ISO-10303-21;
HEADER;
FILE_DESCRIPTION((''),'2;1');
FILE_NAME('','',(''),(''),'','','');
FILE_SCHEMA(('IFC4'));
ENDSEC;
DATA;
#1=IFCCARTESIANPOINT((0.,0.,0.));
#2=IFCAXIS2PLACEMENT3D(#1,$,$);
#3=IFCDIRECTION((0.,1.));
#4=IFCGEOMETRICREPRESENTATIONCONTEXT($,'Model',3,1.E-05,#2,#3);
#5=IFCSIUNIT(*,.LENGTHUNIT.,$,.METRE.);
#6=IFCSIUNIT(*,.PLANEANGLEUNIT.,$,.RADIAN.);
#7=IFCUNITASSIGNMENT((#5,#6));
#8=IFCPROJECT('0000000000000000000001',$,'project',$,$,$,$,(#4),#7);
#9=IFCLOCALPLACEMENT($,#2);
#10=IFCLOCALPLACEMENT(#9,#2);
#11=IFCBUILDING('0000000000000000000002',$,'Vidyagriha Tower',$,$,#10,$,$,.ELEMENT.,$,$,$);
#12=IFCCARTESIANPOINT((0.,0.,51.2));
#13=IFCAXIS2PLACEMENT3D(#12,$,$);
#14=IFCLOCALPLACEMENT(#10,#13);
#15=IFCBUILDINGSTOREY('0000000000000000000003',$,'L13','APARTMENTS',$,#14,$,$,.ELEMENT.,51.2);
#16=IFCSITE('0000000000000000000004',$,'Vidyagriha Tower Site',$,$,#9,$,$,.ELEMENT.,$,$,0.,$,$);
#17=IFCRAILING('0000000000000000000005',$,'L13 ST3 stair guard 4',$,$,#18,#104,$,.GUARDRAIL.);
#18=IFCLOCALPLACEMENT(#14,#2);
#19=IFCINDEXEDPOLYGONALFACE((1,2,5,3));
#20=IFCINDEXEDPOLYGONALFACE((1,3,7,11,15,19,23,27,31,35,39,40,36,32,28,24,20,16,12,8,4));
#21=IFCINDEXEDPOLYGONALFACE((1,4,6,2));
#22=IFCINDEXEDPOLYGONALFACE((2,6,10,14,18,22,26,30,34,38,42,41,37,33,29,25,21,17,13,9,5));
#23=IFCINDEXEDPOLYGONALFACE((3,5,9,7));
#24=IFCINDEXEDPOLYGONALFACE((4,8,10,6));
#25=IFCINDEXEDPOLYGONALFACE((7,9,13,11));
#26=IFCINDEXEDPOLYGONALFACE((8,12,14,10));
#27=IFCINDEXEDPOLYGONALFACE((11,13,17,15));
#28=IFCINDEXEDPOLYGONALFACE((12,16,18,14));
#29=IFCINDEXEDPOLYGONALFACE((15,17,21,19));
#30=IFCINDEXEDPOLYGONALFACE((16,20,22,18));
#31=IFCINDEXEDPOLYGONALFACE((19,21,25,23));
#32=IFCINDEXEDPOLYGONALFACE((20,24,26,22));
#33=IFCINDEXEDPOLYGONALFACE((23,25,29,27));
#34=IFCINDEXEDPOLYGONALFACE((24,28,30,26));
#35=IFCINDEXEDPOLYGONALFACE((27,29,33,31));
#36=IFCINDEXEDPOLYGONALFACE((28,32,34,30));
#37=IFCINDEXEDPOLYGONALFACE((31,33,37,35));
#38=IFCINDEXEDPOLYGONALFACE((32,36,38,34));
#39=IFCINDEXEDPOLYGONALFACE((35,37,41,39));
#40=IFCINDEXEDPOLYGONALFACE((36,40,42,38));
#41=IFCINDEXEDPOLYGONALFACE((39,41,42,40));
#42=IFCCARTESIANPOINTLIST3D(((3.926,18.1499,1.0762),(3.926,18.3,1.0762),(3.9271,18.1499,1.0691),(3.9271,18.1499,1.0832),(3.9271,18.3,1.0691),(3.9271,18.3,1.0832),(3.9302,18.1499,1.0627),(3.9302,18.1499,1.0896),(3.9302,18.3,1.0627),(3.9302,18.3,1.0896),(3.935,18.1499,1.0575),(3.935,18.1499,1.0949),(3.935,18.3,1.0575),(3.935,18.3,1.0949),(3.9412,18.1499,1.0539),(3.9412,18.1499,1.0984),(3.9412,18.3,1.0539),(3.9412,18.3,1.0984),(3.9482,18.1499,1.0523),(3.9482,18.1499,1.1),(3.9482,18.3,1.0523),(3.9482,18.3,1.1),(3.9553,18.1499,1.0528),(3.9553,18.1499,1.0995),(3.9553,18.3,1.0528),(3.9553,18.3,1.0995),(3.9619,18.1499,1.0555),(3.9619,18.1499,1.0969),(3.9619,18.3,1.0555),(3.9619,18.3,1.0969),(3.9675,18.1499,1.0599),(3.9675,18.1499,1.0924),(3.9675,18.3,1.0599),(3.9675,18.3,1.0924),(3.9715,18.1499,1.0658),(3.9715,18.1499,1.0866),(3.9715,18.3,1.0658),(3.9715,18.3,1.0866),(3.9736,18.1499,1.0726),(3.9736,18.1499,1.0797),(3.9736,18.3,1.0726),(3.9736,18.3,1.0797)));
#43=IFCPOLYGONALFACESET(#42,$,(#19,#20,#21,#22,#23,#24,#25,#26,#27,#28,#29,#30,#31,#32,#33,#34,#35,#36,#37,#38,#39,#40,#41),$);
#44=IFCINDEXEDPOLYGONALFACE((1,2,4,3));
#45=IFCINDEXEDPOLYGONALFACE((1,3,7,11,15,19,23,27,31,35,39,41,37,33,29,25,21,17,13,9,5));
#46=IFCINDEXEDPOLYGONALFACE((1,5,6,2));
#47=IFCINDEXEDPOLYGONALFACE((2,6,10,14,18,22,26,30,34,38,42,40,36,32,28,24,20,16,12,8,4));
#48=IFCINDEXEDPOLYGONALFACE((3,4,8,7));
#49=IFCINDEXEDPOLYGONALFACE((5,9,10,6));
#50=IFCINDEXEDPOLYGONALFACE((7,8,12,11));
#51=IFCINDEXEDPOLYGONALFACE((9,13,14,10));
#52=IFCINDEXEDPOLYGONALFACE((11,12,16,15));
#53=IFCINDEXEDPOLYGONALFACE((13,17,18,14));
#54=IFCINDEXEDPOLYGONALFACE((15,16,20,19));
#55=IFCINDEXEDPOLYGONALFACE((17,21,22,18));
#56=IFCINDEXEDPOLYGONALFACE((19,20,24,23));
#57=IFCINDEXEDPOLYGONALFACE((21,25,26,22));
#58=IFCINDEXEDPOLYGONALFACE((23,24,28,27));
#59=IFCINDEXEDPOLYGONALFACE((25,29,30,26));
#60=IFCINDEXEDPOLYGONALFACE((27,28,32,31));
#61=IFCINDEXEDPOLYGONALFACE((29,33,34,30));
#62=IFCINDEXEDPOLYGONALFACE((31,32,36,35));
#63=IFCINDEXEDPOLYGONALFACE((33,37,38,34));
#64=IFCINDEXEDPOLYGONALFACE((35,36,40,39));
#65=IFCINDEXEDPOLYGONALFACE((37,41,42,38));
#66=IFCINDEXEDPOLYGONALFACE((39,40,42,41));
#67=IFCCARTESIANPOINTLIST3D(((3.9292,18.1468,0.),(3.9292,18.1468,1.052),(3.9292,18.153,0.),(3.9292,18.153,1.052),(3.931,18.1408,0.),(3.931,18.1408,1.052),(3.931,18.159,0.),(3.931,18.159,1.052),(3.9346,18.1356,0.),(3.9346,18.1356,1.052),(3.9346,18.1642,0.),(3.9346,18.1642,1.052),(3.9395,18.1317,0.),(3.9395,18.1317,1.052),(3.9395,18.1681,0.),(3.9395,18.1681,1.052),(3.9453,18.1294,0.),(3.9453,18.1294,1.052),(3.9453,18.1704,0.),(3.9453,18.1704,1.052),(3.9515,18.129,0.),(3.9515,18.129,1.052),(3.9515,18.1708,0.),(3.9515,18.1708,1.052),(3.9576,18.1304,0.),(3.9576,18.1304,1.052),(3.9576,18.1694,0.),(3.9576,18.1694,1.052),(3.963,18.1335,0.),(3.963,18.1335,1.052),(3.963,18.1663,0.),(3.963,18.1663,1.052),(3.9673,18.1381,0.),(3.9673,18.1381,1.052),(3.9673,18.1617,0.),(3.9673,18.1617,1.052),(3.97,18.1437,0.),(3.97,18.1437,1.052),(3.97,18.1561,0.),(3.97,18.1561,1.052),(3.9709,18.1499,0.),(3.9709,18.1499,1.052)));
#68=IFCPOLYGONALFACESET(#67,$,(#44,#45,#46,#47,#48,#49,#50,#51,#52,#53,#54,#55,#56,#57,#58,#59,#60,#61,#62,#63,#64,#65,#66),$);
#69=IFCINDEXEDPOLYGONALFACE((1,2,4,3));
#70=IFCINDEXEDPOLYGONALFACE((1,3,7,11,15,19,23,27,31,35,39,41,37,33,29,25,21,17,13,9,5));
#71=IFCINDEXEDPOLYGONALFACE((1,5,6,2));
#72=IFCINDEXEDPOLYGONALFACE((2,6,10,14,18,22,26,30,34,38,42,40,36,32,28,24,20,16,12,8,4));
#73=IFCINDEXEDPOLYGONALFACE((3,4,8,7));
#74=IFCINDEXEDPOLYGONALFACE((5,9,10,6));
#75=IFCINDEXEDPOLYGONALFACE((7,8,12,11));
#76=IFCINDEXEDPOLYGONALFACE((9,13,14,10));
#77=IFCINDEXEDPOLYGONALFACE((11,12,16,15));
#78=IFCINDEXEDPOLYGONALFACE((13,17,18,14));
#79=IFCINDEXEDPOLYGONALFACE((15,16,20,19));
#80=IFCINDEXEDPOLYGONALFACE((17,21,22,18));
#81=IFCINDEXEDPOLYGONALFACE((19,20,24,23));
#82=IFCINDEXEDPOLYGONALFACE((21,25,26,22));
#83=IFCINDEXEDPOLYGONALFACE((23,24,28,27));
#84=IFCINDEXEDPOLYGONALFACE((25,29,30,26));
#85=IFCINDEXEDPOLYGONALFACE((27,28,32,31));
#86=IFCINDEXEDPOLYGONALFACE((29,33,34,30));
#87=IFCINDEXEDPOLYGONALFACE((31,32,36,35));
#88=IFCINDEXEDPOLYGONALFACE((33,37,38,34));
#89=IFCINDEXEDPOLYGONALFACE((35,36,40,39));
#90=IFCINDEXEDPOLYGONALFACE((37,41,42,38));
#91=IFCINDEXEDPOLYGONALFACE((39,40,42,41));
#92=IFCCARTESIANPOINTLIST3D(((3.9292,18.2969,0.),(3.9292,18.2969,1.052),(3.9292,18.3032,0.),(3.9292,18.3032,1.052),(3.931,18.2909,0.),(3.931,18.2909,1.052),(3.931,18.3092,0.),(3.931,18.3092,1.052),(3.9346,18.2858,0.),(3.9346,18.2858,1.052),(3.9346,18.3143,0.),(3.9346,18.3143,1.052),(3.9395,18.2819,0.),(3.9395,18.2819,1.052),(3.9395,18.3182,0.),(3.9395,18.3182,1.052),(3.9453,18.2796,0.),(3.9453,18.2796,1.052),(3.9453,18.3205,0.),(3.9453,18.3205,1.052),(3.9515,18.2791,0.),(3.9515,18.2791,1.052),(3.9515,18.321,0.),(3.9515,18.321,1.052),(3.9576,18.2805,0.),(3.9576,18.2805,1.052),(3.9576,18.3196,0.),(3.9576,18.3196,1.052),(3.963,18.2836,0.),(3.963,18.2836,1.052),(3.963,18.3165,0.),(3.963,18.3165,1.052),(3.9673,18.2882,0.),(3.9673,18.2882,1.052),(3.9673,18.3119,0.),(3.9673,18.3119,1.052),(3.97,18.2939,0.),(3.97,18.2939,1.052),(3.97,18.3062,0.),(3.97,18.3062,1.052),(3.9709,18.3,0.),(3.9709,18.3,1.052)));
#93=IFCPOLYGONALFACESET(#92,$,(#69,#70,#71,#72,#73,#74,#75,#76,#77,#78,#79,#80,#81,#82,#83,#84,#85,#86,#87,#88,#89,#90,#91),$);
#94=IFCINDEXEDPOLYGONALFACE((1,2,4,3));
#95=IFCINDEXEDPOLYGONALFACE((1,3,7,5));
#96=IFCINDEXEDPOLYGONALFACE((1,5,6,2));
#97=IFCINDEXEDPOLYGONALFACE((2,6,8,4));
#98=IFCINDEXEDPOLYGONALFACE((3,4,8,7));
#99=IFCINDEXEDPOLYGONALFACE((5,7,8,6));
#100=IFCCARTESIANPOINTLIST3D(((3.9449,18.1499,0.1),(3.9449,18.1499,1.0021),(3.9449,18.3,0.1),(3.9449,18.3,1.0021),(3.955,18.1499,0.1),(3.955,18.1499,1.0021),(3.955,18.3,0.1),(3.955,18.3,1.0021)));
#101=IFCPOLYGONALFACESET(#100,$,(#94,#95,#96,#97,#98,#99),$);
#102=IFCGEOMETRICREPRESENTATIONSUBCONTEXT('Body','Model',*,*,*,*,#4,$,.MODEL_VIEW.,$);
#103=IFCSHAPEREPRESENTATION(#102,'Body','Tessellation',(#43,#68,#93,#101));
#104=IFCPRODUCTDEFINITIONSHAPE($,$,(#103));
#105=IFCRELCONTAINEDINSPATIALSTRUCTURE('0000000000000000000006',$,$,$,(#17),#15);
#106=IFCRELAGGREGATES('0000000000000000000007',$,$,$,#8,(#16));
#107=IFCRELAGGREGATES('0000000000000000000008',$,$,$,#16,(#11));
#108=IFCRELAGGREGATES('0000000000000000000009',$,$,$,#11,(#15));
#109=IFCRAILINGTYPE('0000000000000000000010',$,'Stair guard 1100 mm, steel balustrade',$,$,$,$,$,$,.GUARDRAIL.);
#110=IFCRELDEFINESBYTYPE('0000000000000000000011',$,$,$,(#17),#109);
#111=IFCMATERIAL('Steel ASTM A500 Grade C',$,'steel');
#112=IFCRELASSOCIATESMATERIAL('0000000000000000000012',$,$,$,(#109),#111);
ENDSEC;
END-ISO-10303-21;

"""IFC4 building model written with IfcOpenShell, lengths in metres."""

from ifc_helpers import new_model, si_unit, direction, frame, origin, origin_2d, place, context, subcontext, project, spatial, rectangle, circle, extrude, material, type_object, element, save


model = new_model("IFC4")

# Units and contexts
model_context = context("Model", 3, precision=1e-05, world=origin(), true_north=direction((0.0, 1.0)))
body_context = subcontext(model_context, "Body", "Model", "MODEL_VIEW")
ifc_project = project(units=[si_unit("LENGTHUNIT", "METRE"), si_unit("PLANEANGLEUNIT", "RADIAN")], contexts=[model_context])

# Site, building, storey
site_placement = place(None, origin())
site = spatial("IfcSite", under=ifc_project, at=site_placement, Name="Vidyagriha Tower Site", CompositionType="ELEMENT", RefElevation=0.0)
building_placement = place(site_placement, origin())
building = spatial("IfcBuilding", under=site, at=building_placement, Name="Vidyagriha Tower", CompositionType="ELEMENT")
storey_placement = place(building_placement, frame((0.0, 0.0, 51.2)))
storey = spatial("IfcBuildingStorey", under=building, at=storey_placement, Name="L13", Description="APARTMENTS", CompositionType="ELEMENT", Elevation=51.2)

# Railing
ifc_material_1 = material(Name="Steel ASTM A500 Grade C", Category="steel")
railing_type_1 = type_object("IfcRailingType", Name="Stair guard 1100 mm, steel balustrade", PredefinedType="GUARDRAIL", material=ifc_material_1)
railing_1_placement = place(storey_placement, frame((3.95, 18.1499, 0.0)))
element("IfcRailing", 1, at=railing_1_placement, inside=storey, type_object=railing_type_1, Name="L13 ST3 stair guard 4", PredefinedType="GUARDRAIL", context=body_context, shape_type="SweptSolid", body=[
    extrude(circle(Radius=0.0239, at=origin_2d()), frame((0.0, 0.0, 1.0762), z_axis=(0.0, 1.0, 0.0), x_axis=(-1.0, 0.0, 0.0)), (0.0, 0.0, 1.0), 0.1501),
    extrude(circle(Radius=0.021, at=origin_2d()), origin(), (0.0, 0.0, 1.0), 1.052),
    extrude(circle(Radius=0.021, at=origin_2d()), frame((0.0, 0.1501, 0.0)), (0.0, 0.0, 1.0), 1.052),
    extrude(rectangle(XDim=0.01, YDim=0.9021, at=origin_2d()), frame((0.0, 0.0, 0.551), z_axis=(0.0, 1.0, 0.0), x_axis=(-1.0, 0.0, 0.0)), (0.0, 0.0, 1.0), 0.1501),
])

save(model, "model.ifc")
